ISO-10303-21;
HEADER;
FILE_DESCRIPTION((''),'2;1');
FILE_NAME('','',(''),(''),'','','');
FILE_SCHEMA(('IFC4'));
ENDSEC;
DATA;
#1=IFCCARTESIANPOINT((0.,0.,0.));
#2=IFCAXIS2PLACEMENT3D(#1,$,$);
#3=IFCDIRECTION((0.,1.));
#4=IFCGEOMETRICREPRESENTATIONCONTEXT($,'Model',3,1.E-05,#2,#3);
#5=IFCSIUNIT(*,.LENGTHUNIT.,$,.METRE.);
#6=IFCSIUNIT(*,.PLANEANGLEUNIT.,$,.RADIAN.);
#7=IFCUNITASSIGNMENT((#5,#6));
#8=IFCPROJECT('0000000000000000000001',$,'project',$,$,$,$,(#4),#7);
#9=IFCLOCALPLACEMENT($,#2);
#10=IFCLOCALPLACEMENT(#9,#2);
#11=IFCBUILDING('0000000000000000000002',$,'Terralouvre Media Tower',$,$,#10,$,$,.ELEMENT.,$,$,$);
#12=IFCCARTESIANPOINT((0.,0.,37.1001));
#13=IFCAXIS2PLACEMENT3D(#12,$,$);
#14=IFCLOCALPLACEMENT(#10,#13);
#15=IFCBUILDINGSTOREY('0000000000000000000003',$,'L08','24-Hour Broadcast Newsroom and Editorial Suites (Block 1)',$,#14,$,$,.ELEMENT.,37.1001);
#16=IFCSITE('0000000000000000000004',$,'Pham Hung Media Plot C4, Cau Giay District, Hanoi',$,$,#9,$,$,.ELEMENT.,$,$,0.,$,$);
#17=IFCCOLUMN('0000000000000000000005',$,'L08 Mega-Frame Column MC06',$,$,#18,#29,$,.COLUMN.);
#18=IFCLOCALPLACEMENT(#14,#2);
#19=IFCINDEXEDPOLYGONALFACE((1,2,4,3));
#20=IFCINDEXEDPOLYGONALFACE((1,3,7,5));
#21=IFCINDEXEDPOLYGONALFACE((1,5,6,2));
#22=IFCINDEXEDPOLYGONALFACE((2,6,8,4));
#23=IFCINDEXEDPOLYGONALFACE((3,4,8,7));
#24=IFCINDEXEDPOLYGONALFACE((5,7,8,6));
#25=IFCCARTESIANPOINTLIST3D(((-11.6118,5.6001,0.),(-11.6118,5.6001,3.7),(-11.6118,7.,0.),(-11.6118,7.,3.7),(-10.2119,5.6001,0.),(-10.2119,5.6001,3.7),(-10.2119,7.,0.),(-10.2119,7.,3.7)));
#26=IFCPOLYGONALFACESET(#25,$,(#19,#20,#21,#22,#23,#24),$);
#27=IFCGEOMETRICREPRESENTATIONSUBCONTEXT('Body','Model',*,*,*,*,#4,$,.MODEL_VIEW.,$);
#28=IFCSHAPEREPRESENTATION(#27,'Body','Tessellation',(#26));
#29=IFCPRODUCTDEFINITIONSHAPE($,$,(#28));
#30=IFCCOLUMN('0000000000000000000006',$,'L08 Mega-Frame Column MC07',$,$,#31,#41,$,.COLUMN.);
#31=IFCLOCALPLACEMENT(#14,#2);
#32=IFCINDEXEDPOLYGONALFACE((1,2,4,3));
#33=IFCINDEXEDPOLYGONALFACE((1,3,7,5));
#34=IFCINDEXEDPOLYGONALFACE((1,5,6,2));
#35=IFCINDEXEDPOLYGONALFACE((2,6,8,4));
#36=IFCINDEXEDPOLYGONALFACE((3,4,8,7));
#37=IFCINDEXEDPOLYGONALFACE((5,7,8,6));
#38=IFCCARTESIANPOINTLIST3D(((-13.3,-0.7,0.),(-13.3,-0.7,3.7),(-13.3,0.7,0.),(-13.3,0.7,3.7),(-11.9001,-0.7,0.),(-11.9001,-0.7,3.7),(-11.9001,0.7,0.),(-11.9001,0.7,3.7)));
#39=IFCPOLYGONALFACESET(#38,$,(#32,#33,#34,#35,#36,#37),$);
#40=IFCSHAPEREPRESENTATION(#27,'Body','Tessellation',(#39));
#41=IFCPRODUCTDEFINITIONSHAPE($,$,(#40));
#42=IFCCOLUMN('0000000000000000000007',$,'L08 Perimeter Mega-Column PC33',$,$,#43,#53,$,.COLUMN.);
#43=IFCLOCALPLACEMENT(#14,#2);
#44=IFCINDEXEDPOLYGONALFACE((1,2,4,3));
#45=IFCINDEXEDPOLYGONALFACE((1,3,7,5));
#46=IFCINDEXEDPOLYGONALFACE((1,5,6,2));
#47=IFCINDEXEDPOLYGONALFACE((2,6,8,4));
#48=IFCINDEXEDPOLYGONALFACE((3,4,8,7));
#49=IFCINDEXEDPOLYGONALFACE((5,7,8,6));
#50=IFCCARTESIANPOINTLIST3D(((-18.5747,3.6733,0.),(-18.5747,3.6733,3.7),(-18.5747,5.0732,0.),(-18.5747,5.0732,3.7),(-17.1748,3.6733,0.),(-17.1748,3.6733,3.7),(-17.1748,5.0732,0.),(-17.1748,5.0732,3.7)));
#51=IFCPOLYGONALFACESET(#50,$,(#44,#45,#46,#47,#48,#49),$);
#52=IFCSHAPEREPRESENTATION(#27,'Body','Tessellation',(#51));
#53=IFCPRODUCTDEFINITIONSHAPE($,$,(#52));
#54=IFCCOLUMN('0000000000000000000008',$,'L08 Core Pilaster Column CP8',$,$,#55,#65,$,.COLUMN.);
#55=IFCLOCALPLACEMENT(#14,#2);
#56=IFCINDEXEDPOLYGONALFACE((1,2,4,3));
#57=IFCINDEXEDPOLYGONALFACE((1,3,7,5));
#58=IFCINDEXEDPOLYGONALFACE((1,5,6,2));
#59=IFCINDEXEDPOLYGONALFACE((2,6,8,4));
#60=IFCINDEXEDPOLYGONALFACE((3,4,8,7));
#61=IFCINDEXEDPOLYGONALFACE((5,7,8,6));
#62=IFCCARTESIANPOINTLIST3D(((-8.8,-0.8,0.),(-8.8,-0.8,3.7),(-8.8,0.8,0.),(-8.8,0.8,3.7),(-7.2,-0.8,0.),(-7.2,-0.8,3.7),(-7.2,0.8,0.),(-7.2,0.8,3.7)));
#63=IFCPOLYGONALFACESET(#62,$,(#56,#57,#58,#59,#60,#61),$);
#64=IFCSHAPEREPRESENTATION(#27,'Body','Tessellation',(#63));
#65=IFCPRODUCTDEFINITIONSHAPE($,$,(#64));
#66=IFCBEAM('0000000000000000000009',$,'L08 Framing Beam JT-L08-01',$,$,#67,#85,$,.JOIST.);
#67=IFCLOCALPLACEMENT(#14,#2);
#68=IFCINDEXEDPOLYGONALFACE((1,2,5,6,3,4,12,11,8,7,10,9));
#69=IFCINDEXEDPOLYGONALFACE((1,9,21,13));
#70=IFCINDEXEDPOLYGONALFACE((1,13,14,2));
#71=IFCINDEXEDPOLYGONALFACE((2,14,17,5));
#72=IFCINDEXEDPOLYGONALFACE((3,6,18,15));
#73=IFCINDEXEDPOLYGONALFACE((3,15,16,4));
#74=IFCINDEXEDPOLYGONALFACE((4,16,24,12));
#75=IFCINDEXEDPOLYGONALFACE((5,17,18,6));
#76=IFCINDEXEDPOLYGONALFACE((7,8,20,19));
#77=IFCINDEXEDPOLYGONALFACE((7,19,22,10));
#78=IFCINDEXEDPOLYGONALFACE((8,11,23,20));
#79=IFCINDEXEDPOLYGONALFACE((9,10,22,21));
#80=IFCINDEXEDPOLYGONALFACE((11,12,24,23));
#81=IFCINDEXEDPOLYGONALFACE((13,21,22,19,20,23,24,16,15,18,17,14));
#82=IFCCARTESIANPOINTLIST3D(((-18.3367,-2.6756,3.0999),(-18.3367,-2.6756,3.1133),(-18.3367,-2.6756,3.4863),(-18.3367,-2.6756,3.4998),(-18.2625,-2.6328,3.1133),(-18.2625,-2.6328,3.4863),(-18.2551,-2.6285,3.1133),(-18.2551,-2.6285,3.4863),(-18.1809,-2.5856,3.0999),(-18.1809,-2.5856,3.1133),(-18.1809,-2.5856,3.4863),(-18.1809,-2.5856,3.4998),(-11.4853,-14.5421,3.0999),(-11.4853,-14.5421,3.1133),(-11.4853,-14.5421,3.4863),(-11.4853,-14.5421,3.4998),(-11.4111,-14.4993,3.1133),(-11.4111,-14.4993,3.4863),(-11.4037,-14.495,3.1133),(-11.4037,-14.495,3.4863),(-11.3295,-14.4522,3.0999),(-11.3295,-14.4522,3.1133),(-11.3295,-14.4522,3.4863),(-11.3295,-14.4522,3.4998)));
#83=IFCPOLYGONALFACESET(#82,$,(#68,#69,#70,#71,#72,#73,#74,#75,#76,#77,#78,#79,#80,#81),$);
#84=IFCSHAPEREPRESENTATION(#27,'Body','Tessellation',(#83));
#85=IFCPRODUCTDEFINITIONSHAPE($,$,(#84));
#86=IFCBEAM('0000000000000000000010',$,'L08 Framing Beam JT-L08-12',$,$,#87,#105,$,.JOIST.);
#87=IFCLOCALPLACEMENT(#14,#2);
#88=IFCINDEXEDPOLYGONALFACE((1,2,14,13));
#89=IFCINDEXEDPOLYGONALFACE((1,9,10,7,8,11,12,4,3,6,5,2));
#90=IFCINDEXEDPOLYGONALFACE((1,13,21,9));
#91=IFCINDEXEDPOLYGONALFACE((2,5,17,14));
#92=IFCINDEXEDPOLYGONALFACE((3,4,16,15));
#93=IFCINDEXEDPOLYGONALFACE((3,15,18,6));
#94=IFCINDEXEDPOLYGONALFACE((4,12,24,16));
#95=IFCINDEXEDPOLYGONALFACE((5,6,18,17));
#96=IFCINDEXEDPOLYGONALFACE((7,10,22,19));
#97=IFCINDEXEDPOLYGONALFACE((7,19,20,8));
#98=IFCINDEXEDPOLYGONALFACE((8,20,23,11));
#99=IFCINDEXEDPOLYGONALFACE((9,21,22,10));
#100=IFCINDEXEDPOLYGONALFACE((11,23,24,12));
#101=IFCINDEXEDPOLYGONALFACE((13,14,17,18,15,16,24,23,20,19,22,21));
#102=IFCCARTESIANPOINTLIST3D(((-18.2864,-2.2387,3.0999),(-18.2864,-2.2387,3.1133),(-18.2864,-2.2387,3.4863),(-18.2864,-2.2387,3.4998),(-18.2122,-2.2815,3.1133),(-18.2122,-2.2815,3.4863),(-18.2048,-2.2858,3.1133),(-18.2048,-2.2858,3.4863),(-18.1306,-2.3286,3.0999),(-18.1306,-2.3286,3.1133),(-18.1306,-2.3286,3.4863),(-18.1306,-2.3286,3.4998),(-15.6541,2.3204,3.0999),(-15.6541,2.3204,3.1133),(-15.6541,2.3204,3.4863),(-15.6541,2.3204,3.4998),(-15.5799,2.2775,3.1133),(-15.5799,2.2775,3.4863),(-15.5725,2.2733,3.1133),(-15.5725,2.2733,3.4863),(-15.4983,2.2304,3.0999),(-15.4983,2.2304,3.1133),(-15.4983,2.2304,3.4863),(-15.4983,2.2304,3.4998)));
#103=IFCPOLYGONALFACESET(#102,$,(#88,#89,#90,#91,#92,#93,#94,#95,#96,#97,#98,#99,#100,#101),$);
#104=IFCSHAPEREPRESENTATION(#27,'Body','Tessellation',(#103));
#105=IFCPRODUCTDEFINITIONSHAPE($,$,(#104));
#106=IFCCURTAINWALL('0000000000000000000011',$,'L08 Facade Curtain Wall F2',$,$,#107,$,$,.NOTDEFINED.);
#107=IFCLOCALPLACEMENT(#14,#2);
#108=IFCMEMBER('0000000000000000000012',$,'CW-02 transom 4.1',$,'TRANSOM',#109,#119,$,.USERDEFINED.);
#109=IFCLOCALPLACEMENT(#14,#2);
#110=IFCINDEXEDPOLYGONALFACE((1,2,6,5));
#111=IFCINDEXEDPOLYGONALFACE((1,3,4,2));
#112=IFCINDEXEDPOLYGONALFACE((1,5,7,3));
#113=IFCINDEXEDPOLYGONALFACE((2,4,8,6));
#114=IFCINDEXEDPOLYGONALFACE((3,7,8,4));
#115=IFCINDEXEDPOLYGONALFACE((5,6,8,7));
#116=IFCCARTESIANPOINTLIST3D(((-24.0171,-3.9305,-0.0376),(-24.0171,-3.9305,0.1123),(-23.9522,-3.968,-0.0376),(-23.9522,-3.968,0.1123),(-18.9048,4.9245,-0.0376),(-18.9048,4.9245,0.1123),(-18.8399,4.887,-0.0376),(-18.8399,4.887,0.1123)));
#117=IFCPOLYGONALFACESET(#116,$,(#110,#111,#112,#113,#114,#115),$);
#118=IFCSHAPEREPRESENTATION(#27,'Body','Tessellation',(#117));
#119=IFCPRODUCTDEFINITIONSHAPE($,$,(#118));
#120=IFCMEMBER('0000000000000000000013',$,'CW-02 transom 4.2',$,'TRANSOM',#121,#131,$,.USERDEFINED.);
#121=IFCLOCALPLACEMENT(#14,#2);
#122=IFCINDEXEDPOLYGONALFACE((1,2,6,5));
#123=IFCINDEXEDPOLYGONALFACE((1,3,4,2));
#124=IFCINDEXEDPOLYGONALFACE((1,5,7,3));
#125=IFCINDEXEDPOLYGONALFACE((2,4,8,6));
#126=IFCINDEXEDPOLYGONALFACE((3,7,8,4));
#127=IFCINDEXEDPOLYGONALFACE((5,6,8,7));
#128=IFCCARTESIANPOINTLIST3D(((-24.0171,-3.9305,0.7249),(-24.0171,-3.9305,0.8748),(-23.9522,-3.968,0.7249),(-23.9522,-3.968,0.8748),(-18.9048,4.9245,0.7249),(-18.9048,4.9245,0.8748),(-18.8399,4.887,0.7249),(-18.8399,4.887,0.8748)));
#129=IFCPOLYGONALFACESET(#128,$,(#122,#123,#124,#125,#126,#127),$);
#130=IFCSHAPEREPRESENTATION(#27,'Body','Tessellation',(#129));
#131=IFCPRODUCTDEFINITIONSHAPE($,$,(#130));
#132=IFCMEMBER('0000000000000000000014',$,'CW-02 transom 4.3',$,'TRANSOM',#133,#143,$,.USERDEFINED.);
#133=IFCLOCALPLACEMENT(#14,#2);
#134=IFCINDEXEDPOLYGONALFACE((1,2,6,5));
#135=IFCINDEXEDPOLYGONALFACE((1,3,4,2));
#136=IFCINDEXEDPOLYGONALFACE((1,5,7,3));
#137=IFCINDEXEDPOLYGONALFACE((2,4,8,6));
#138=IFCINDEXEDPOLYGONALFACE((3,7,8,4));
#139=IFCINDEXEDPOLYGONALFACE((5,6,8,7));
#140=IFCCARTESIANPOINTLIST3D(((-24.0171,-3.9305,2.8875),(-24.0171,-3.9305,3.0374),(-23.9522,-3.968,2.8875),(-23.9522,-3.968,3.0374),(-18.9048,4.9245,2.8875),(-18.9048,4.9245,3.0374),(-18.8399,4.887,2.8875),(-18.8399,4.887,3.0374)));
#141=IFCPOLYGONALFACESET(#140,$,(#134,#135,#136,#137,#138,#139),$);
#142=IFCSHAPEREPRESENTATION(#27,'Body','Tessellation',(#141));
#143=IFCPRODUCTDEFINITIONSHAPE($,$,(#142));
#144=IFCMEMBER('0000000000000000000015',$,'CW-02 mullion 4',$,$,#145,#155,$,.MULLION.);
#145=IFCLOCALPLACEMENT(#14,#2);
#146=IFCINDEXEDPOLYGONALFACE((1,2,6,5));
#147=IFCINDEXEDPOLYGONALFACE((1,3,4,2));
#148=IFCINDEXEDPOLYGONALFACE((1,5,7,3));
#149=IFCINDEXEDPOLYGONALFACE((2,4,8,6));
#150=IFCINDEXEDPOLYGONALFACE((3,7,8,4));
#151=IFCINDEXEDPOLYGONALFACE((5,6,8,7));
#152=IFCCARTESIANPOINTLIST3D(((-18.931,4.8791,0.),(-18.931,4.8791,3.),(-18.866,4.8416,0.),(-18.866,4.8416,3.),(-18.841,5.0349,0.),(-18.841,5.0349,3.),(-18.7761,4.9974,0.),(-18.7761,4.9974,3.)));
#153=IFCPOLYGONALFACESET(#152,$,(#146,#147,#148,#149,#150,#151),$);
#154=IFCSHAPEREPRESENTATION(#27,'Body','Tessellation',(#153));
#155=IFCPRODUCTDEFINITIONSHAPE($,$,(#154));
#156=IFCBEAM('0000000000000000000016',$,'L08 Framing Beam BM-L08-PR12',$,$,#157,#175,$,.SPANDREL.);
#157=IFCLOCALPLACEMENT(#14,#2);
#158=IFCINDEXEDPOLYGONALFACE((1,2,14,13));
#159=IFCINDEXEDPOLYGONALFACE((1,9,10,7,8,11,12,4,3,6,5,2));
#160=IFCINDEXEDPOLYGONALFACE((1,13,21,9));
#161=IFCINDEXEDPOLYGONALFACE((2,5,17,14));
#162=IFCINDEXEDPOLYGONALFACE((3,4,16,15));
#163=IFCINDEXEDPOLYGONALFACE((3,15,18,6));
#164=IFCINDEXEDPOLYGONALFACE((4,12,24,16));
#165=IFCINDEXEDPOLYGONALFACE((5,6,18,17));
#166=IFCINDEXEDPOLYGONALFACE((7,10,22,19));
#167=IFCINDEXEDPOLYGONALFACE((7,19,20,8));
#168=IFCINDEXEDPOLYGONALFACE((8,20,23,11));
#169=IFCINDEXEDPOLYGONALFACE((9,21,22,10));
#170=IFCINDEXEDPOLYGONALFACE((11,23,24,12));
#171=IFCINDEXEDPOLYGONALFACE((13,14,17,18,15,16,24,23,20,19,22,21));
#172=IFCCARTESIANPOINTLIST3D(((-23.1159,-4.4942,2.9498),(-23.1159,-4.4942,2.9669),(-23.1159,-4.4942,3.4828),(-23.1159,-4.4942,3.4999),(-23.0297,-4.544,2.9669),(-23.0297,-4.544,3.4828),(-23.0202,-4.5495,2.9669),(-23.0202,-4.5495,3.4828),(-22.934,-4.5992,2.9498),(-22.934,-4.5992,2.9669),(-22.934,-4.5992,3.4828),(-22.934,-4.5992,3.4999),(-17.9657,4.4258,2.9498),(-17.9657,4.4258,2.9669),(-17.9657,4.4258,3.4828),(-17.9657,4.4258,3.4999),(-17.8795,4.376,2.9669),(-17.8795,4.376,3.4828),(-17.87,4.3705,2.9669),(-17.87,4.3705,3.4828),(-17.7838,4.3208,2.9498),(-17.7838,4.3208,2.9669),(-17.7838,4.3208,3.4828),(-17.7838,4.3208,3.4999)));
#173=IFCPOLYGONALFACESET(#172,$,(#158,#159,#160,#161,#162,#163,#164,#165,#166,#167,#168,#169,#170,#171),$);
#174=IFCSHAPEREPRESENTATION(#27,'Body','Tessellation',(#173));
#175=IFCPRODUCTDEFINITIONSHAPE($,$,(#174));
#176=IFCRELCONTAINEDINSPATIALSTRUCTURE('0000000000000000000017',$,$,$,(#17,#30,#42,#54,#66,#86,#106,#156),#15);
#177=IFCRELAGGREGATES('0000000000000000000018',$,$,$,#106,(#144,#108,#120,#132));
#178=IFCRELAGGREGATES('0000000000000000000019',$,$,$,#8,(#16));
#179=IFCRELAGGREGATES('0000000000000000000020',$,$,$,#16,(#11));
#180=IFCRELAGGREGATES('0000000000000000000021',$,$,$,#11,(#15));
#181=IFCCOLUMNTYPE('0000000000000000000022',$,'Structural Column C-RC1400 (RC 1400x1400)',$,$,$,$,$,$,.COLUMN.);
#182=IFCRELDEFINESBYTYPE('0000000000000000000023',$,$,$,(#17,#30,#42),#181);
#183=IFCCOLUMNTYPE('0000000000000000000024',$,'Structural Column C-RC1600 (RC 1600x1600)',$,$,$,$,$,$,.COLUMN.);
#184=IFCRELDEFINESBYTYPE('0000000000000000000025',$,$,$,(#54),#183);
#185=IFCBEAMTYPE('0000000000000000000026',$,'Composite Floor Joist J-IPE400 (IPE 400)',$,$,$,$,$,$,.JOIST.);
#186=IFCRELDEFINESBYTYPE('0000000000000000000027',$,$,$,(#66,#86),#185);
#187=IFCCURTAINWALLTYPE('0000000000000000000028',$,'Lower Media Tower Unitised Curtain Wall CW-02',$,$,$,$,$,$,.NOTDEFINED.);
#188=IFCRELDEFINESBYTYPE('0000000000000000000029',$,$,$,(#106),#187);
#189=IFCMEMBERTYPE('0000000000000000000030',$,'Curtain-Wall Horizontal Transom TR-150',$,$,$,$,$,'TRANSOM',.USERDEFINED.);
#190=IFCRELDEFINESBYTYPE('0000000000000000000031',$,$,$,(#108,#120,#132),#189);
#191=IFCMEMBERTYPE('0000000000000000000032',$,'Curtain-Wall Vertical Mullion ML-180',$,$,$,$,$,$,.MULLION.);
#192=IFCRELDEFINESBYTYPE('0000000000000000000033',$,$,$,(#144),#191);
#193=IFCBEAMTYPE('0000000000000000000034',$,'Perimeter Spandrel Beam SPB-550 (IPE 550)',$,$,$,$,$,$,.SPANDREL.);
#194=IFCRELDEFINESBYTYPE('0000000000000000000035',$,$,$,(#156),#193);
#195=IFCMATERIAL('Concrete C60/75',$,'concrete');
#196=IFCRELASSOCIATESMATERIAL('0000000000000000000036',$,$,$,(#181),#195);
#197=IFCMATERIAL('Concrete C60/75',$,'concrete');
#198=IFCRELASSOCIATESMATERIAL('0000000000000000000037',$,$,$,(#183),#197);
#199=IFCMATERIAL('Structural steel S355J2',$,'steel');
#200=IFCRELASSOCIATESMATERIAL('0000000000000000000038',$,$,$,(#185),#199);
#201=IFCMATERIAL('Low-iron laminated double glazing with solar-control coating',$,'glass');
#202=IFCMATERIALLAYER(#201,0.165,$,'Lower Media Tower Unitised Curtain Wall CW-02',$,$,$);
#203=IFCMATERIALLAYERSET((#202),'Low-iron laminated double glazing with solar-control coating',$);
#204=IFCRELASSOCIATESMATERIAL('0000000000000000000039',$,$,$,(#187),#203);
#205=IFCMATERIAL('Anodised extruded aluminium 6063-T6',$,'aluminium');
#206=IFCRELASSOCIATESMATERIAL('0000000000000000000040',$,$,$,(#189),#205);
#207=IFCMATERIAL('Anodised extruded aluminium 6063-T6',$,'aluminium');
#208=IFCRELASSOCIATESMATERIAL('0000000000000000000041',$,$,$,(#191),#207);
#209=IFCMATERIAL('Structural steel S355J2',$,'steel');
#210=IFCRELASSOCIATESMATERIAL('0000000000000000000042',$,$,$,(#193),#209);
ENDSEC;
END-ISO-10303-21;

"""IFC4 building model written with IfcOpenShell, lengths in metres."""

from ifc_helpers import new_model, si_unit, direction, frame, origin, origin_2d, place, context, subcontext, project, spatial, rectangle, i_section, extrude, material, layer, layer_set, material_profile, profile_set, type_object, element, aggregate, save


model = new_model("IFC4")

# Units and contexts
model_context = context("Model", 3, precision=1e-05, world=origin(), true_north=direction((0.0, 1.0)))
body_context = subcontext(model_context, "Body", "Model", "MODEL_VIEW")
ifc_project = project(units=[si_unit("LENGTHUNIT", "METRE"), si_unit("PLANEANGLEUNIT", "RADIAN")], contexts=[model_context])

# Site, building, storey
site_placement = place(None, origin())
site = spatial("IfcSite", under=ifc_project, at=site_placement, Name="Pham Hung Media Plot C4, Cau Giay District, Hanoi", CompositionType="ELEMENT", RefElevation=0.0)
building_placement = place(site_placement, origin())
building = spatial("IfcBuilding", under=site, at=building_placement, Name="Terralouvre Media Tower", CompositionType="ELEMENT")
storey_placement = place(building_placement, frame((0.0, 0.0, 37.1001)))
storey = spatial("IfcBuildingStorey", under=building, at=storey_placement, Name="L08", Description="24-Hour Broadcast Newsroom and Editorial Suites (Block 1)", CompositionType="ELEMENT", Elevation=37.1001)

# Columns
ifc_material_1 = material(Name="Concrete C60/75", Category="concrete")
ifc_material_profile_1 = material_profile(ifc_material_1, rectangle(XDim=1.3999, YDim=1.3999, at=origin_2d()), Name="RC 1400x1400")
ifc_profile_set_1 = profile_set([ifc_material_profile_1], Name="Concrete C60/75")
column_type_1 = type_object("IfcColumnType", Name="Structural Column C-RC1400 (RC 1400x1400)", PredefinedType="COLUMN", material=ifc_profile_set_1)
for number, where, z_axis, x_axis, name in (
    (1, (-10.9119, 6.3, 0.0), (0.0, 0.0, 1.0), (1.0, 0.0, 0.0), "L08 Mega-Frame Column MC06"),
    (2, (-12.6001, 0.0, 0.0), (0.0, 0.0, 1.0), (1.0, 0.0, 0.0), "L08 Mega-Frame Column MC07"),
    (3, (-17.8748, 4.3733, 0.0), (0.0, 0.0, 1.0), (1.0, 0.0, 0.0), "L08 Perimeter Mega-Column PC33"),
):
    element("IfcColumn", number, at=place(storey_placement, frame(where, z_axis=z_axis, x_axis=x_axis)), inside=storey, type_object=column_type_1, Name=name, PredefinedType="COLUMN", context=body_context, shape_type="SweptSolid", body=[
        extrude(rectangle(XDim=1.3999, YDim=1.3999, at=origin_2d()), origin(), (0.0, 0.0, 1.0), 3.7),
    ])
ifc_material_2 = material(Name="Concrete C60/75", Category="concrete")
ifc_material_profile_2 = material_profile(ifc_material_2, rectangle(XDim=1.6001, YDim=1.6001, at=origin_2d()), Name="RC 1600x1600")
ifc_profile_set_2 = profile_set([ifc_material_profile_2], Name="Concrete C60/75")
column_type_2 = type_object("IfcColumnType", Name="Structural Column C-RC1600 (RC 1600x1600)", PredefinedType="COLUMN", material=ifc_profile_set_2)
column_placement = place(storey_placement, frame((-8.0, 0.0, 0.0), z_axis=(0.0, 0.0, 1.0), x_axis=(1.0, 0.0, 0.0)))
element("IfcColumn", 4, at=column_placement, inside=storey, type_object=column_type_2, Name="L08 Core Pilaster Column CP8", PredefinedType="COLUMN", context=body_context, shape_type="SweptSolid", body=[
    extrude(rectangle(XDim=1.6001, YDim=1.6001, at=origin_2d()), origin(), (0.0, 0.0, 1.0), 3.7),
])

# Beams
ifc_material_3 = material(Name="Structural steel S355J2", Category="steel")
ifc_material_profile_3 = material_profile(ifc_material_3, i_section(OverallWidth=0.1799, OverallDepth=0.3999, WebThickness=0.0085, FlangeThickness=0.0134, at=origin_2d()), Name="IPE 400")
ifc_profile_set_3 = profile_set([ifc_material_profile_3], Name="Structural steel S355J2")
beam_type_1 = type_object("IfcBeamType", Name="Composite Floor Joist J-IPE400 (IPE 400)", PredefinedType="JOIST", material=ifc_profile_set_3)
beam_1_placement = place(storey_placement, frame((-18.2588, -2.6306, 3.2998), z_axis=(0.500012, -0.866019, 0.0), x_axis=(0.866019, 0.500012, 0.0)))
element("IfcBeam", 5, at=beam_1_placement, inside=storey, type_object=beam_type_1, Name="L08 Framing Beam JT-L08-01", PredefinedType="JOIST", context=body_context, shape_type="SweptSolid", body=[
    extrude(i_section(OverallWidth=0.1799, OverallDepth=0.3999, WebThickness=0.0085, FlangeThickness=0.0134, at=origin_2d()), origin(), (0.0, 0.0, 1.0), 13.7024),
])
beam_2_placement = place(storey_placement, frame((-15.5762, 2.2754, 3.2998), z_axis=(-0.50002, -0.866014, 0.0), x_axis=(0.866014, -0.50002, 0.0)))
element("IfcBeam", 6, at=beam_2_placement, inside=storey, type_object=beam_type_1, Name="L08 Framing Beam JT-L08-12", PredefinedType="JOIST", context=body_context, shape_type="SweptSolid", body=[
    extrude(i_section(OverallWidth=0.1799, OverallDepth=0.3999, WebThickness=0.0085, FlangeThickness=0.0134, at=origin_2d()), origin(), (0.0, 0.0, 1.0), 5.2644),
])

# Curtain wall, members
ifc_material_4 = material(Name="Low-iron laminated double glazing with solar-control coating", Category="glass")
ifc_layer_1 = layer(ifc_material_4, 0.165, Name="Lower Media Tower Unitised Curtain Wall CW-02")
ifc_layer_set_1 = layer_set([ifc_layer_1], Name="Low-iron laminated double glazing with solar-control coating")
curtain_wall_type = type_object("IfcCurtainWallType", Name="Lower Media Tower Unitised Curtain Wall CW-02", PredefinedType="NOTDEFINED", material=ifc_layer_set_1)
curtain_wall_placement = place(storey_placement, origin())
curtain_wall = element("IfcCurtainWall", 7, at=curtain_wall_placement, inside=storey, type_object=curtain_wall_type, Name="L08 Facade Curtain Wall F2", PredefinedType="NOTDEFINED")
ifc_material_5 = material(Name="Anodised extruded aluminium 6063-T6", Category="aluminium")
ifc_material_profile_4 = material_profile(ifc_material_5, rectangle(XDim=0.075, YDim=0.1499, at=origin_2d()), Name="ALU 75x150")
ifc_profile_set_4 = profile_set([ifc_material_profile_4], Name="Anodised extruded aluminium 6063-T6")
member_type_1 = type_object("IfcMemberType", Name="Curtain-Wall Horizontal Transom TR-150", ElementType="TRANSOM", PredefinedType="USERDEFINED", material=ifc_profile_set_4)
member_1_placement = place(storey_placement, frame((-18.8723, 4.9058, 0.0374), z_axis=(-0.499991, -0.866031, 0.0), x_axis=(0.866031, -0.499991, 0.0)))
member_1 = element("IfcMember", 8, at=member_1_placement, type_object=member_type_1, Name="CW-02 transom 4.1", ObjectType="TRANSOM", PredefinedType="USERDEFINED", context=body_context, shape_type="SweptSolid", body=[
    extrude(rectangle(XDim=0.075, YDim=0.1499, at=origin_2d()), origin(), (0.0, 0.0, 1.0), 10.2249),
])
member_2_placement = place(storey_placement, frame((-18.8723, 4.9058, 0.7998), z_axis=(-0.499991, -0.866031, 0.0), x_axis=(0.866031, -0.499991, 0.0)))
member_2 = element("IfcMember", 9, at=member_2_placement, type_object=member_type_1, Name="CW-02 transom 4.2", ObjectType="TRANSOM", PredefinedType="USERDEFINED", context=body_context, shape_type="SweptSolid", body=[
    extrude(rectangle(XDim=0.075, YDim=0.1499, at=origin_2d()), origin(), (0.0, 0.0, 1.0), 10.2249),
])
member_3_placement = place(storey_placement, frame((-18.8723, 4.9058, 2.9624), z_axis=(-0.499991, -0.866031, 0.0), x_axis=(0.866031, -0.499991, 0.0)))
member_3 = element("IfcMember", 10, at=member_3_placement, type_object=member_type_1, Name="CW-02 transom 4.3", ObjectType="TRANSOM", PredefinedType="USERDEFINED", context=body_context, shape_type="SweptSolid", body=[
    extrude(rectangle(XDim=0.075, YDim=0.1499, at=origin_2d()), origin(), (0.0, 0.0, 1.0), 10.2249),
])
ifc_material_6 = material(Name="Anodised extruded aluminium 6063-T6", Category="aluminium")
ifc_material_profile_5 = material_profile(ifc_material_6, rectangle(XDim=0.075, YDim=0.1799, at=origin_2d()), Name="ALU 75x180")
ifc_profile_set_5 = profile_set([ifc_material_profile_5], Name="Anodised extruded aluminium 6063-T6")
member_type_2 = type_object("IfcMemberType", Name="Curtain-Wall Vertical Mullion ML-180", PredefinedType="MULLION", material=ifc_profile_set_5)
member_4_placement = place(storey_placement, frame((-18.8535, 4.9382, 0.0), z_axis=(0.0, 0.0, 1.0), x_axis=(0.866025, -0.5, 0.0)))
member_4 = element("IfcMember", 11, at=member_4_placement, type_object=member_type_2, Name="CW-02 mullion 4", PredefinedType="MULLION", context=body_context, shape_type="SweptSolid", body=[
    extrude(rectangle(XDim=0.075, YDim=0.1799, at=origin_2d()), origin(), (0.0, 0.0, 1.0), 3.0),
])

# Beam
ifc_material_7 = material(Name="Structural steel S355J2", Category="steel")
ifc_material_profile_6 = material_profile(ifc_material_7, i_section(OverallWidth=0.21, OverallDepth=0.55, WebThickness=0.011, FlangeThickness=0.0171, at=origin_2d()), Name="IPE 550")
ifc_profile_set_6 = profile_set([ifc_material_profile_6], Name="Structural steel S355J2")
beam_type_2 = type_object("IfcBeamType", Name="Perimeter Spandrel Beam SPB-550 (IPE 550)", PredefinedType="SPANDREL", material=ifc_profile_set_6)
beam_3_placement = place(storey_placement, frame((-17.8748, 4.3733, 3.2249), z_axis=(-0.500017, -0.866016, 0.0), x_axis=(0.866016, -0.500017, 0.0)))
element("IfcBeam", 12, at=beam_3_placement, inside=storey, type_object=beam_type_2, Name="L08 Framing Beam BM-L08-PR12", PredefinedType="SPANDREL", context=body_context, shape_type="SweptSolid", body=[
    extrude(i_section(OverallWidth=0.21, OverallDepth=0.55, WebThickness=0.011, FlangeThickness=0.0171, at=origin_2d()), origin(), (0.0, 0.0, 1.0), 10.3),
])

aggregate(curtain_wall, [member_4, member_1, member_2, member_3])

save(model, "model.ifc")
